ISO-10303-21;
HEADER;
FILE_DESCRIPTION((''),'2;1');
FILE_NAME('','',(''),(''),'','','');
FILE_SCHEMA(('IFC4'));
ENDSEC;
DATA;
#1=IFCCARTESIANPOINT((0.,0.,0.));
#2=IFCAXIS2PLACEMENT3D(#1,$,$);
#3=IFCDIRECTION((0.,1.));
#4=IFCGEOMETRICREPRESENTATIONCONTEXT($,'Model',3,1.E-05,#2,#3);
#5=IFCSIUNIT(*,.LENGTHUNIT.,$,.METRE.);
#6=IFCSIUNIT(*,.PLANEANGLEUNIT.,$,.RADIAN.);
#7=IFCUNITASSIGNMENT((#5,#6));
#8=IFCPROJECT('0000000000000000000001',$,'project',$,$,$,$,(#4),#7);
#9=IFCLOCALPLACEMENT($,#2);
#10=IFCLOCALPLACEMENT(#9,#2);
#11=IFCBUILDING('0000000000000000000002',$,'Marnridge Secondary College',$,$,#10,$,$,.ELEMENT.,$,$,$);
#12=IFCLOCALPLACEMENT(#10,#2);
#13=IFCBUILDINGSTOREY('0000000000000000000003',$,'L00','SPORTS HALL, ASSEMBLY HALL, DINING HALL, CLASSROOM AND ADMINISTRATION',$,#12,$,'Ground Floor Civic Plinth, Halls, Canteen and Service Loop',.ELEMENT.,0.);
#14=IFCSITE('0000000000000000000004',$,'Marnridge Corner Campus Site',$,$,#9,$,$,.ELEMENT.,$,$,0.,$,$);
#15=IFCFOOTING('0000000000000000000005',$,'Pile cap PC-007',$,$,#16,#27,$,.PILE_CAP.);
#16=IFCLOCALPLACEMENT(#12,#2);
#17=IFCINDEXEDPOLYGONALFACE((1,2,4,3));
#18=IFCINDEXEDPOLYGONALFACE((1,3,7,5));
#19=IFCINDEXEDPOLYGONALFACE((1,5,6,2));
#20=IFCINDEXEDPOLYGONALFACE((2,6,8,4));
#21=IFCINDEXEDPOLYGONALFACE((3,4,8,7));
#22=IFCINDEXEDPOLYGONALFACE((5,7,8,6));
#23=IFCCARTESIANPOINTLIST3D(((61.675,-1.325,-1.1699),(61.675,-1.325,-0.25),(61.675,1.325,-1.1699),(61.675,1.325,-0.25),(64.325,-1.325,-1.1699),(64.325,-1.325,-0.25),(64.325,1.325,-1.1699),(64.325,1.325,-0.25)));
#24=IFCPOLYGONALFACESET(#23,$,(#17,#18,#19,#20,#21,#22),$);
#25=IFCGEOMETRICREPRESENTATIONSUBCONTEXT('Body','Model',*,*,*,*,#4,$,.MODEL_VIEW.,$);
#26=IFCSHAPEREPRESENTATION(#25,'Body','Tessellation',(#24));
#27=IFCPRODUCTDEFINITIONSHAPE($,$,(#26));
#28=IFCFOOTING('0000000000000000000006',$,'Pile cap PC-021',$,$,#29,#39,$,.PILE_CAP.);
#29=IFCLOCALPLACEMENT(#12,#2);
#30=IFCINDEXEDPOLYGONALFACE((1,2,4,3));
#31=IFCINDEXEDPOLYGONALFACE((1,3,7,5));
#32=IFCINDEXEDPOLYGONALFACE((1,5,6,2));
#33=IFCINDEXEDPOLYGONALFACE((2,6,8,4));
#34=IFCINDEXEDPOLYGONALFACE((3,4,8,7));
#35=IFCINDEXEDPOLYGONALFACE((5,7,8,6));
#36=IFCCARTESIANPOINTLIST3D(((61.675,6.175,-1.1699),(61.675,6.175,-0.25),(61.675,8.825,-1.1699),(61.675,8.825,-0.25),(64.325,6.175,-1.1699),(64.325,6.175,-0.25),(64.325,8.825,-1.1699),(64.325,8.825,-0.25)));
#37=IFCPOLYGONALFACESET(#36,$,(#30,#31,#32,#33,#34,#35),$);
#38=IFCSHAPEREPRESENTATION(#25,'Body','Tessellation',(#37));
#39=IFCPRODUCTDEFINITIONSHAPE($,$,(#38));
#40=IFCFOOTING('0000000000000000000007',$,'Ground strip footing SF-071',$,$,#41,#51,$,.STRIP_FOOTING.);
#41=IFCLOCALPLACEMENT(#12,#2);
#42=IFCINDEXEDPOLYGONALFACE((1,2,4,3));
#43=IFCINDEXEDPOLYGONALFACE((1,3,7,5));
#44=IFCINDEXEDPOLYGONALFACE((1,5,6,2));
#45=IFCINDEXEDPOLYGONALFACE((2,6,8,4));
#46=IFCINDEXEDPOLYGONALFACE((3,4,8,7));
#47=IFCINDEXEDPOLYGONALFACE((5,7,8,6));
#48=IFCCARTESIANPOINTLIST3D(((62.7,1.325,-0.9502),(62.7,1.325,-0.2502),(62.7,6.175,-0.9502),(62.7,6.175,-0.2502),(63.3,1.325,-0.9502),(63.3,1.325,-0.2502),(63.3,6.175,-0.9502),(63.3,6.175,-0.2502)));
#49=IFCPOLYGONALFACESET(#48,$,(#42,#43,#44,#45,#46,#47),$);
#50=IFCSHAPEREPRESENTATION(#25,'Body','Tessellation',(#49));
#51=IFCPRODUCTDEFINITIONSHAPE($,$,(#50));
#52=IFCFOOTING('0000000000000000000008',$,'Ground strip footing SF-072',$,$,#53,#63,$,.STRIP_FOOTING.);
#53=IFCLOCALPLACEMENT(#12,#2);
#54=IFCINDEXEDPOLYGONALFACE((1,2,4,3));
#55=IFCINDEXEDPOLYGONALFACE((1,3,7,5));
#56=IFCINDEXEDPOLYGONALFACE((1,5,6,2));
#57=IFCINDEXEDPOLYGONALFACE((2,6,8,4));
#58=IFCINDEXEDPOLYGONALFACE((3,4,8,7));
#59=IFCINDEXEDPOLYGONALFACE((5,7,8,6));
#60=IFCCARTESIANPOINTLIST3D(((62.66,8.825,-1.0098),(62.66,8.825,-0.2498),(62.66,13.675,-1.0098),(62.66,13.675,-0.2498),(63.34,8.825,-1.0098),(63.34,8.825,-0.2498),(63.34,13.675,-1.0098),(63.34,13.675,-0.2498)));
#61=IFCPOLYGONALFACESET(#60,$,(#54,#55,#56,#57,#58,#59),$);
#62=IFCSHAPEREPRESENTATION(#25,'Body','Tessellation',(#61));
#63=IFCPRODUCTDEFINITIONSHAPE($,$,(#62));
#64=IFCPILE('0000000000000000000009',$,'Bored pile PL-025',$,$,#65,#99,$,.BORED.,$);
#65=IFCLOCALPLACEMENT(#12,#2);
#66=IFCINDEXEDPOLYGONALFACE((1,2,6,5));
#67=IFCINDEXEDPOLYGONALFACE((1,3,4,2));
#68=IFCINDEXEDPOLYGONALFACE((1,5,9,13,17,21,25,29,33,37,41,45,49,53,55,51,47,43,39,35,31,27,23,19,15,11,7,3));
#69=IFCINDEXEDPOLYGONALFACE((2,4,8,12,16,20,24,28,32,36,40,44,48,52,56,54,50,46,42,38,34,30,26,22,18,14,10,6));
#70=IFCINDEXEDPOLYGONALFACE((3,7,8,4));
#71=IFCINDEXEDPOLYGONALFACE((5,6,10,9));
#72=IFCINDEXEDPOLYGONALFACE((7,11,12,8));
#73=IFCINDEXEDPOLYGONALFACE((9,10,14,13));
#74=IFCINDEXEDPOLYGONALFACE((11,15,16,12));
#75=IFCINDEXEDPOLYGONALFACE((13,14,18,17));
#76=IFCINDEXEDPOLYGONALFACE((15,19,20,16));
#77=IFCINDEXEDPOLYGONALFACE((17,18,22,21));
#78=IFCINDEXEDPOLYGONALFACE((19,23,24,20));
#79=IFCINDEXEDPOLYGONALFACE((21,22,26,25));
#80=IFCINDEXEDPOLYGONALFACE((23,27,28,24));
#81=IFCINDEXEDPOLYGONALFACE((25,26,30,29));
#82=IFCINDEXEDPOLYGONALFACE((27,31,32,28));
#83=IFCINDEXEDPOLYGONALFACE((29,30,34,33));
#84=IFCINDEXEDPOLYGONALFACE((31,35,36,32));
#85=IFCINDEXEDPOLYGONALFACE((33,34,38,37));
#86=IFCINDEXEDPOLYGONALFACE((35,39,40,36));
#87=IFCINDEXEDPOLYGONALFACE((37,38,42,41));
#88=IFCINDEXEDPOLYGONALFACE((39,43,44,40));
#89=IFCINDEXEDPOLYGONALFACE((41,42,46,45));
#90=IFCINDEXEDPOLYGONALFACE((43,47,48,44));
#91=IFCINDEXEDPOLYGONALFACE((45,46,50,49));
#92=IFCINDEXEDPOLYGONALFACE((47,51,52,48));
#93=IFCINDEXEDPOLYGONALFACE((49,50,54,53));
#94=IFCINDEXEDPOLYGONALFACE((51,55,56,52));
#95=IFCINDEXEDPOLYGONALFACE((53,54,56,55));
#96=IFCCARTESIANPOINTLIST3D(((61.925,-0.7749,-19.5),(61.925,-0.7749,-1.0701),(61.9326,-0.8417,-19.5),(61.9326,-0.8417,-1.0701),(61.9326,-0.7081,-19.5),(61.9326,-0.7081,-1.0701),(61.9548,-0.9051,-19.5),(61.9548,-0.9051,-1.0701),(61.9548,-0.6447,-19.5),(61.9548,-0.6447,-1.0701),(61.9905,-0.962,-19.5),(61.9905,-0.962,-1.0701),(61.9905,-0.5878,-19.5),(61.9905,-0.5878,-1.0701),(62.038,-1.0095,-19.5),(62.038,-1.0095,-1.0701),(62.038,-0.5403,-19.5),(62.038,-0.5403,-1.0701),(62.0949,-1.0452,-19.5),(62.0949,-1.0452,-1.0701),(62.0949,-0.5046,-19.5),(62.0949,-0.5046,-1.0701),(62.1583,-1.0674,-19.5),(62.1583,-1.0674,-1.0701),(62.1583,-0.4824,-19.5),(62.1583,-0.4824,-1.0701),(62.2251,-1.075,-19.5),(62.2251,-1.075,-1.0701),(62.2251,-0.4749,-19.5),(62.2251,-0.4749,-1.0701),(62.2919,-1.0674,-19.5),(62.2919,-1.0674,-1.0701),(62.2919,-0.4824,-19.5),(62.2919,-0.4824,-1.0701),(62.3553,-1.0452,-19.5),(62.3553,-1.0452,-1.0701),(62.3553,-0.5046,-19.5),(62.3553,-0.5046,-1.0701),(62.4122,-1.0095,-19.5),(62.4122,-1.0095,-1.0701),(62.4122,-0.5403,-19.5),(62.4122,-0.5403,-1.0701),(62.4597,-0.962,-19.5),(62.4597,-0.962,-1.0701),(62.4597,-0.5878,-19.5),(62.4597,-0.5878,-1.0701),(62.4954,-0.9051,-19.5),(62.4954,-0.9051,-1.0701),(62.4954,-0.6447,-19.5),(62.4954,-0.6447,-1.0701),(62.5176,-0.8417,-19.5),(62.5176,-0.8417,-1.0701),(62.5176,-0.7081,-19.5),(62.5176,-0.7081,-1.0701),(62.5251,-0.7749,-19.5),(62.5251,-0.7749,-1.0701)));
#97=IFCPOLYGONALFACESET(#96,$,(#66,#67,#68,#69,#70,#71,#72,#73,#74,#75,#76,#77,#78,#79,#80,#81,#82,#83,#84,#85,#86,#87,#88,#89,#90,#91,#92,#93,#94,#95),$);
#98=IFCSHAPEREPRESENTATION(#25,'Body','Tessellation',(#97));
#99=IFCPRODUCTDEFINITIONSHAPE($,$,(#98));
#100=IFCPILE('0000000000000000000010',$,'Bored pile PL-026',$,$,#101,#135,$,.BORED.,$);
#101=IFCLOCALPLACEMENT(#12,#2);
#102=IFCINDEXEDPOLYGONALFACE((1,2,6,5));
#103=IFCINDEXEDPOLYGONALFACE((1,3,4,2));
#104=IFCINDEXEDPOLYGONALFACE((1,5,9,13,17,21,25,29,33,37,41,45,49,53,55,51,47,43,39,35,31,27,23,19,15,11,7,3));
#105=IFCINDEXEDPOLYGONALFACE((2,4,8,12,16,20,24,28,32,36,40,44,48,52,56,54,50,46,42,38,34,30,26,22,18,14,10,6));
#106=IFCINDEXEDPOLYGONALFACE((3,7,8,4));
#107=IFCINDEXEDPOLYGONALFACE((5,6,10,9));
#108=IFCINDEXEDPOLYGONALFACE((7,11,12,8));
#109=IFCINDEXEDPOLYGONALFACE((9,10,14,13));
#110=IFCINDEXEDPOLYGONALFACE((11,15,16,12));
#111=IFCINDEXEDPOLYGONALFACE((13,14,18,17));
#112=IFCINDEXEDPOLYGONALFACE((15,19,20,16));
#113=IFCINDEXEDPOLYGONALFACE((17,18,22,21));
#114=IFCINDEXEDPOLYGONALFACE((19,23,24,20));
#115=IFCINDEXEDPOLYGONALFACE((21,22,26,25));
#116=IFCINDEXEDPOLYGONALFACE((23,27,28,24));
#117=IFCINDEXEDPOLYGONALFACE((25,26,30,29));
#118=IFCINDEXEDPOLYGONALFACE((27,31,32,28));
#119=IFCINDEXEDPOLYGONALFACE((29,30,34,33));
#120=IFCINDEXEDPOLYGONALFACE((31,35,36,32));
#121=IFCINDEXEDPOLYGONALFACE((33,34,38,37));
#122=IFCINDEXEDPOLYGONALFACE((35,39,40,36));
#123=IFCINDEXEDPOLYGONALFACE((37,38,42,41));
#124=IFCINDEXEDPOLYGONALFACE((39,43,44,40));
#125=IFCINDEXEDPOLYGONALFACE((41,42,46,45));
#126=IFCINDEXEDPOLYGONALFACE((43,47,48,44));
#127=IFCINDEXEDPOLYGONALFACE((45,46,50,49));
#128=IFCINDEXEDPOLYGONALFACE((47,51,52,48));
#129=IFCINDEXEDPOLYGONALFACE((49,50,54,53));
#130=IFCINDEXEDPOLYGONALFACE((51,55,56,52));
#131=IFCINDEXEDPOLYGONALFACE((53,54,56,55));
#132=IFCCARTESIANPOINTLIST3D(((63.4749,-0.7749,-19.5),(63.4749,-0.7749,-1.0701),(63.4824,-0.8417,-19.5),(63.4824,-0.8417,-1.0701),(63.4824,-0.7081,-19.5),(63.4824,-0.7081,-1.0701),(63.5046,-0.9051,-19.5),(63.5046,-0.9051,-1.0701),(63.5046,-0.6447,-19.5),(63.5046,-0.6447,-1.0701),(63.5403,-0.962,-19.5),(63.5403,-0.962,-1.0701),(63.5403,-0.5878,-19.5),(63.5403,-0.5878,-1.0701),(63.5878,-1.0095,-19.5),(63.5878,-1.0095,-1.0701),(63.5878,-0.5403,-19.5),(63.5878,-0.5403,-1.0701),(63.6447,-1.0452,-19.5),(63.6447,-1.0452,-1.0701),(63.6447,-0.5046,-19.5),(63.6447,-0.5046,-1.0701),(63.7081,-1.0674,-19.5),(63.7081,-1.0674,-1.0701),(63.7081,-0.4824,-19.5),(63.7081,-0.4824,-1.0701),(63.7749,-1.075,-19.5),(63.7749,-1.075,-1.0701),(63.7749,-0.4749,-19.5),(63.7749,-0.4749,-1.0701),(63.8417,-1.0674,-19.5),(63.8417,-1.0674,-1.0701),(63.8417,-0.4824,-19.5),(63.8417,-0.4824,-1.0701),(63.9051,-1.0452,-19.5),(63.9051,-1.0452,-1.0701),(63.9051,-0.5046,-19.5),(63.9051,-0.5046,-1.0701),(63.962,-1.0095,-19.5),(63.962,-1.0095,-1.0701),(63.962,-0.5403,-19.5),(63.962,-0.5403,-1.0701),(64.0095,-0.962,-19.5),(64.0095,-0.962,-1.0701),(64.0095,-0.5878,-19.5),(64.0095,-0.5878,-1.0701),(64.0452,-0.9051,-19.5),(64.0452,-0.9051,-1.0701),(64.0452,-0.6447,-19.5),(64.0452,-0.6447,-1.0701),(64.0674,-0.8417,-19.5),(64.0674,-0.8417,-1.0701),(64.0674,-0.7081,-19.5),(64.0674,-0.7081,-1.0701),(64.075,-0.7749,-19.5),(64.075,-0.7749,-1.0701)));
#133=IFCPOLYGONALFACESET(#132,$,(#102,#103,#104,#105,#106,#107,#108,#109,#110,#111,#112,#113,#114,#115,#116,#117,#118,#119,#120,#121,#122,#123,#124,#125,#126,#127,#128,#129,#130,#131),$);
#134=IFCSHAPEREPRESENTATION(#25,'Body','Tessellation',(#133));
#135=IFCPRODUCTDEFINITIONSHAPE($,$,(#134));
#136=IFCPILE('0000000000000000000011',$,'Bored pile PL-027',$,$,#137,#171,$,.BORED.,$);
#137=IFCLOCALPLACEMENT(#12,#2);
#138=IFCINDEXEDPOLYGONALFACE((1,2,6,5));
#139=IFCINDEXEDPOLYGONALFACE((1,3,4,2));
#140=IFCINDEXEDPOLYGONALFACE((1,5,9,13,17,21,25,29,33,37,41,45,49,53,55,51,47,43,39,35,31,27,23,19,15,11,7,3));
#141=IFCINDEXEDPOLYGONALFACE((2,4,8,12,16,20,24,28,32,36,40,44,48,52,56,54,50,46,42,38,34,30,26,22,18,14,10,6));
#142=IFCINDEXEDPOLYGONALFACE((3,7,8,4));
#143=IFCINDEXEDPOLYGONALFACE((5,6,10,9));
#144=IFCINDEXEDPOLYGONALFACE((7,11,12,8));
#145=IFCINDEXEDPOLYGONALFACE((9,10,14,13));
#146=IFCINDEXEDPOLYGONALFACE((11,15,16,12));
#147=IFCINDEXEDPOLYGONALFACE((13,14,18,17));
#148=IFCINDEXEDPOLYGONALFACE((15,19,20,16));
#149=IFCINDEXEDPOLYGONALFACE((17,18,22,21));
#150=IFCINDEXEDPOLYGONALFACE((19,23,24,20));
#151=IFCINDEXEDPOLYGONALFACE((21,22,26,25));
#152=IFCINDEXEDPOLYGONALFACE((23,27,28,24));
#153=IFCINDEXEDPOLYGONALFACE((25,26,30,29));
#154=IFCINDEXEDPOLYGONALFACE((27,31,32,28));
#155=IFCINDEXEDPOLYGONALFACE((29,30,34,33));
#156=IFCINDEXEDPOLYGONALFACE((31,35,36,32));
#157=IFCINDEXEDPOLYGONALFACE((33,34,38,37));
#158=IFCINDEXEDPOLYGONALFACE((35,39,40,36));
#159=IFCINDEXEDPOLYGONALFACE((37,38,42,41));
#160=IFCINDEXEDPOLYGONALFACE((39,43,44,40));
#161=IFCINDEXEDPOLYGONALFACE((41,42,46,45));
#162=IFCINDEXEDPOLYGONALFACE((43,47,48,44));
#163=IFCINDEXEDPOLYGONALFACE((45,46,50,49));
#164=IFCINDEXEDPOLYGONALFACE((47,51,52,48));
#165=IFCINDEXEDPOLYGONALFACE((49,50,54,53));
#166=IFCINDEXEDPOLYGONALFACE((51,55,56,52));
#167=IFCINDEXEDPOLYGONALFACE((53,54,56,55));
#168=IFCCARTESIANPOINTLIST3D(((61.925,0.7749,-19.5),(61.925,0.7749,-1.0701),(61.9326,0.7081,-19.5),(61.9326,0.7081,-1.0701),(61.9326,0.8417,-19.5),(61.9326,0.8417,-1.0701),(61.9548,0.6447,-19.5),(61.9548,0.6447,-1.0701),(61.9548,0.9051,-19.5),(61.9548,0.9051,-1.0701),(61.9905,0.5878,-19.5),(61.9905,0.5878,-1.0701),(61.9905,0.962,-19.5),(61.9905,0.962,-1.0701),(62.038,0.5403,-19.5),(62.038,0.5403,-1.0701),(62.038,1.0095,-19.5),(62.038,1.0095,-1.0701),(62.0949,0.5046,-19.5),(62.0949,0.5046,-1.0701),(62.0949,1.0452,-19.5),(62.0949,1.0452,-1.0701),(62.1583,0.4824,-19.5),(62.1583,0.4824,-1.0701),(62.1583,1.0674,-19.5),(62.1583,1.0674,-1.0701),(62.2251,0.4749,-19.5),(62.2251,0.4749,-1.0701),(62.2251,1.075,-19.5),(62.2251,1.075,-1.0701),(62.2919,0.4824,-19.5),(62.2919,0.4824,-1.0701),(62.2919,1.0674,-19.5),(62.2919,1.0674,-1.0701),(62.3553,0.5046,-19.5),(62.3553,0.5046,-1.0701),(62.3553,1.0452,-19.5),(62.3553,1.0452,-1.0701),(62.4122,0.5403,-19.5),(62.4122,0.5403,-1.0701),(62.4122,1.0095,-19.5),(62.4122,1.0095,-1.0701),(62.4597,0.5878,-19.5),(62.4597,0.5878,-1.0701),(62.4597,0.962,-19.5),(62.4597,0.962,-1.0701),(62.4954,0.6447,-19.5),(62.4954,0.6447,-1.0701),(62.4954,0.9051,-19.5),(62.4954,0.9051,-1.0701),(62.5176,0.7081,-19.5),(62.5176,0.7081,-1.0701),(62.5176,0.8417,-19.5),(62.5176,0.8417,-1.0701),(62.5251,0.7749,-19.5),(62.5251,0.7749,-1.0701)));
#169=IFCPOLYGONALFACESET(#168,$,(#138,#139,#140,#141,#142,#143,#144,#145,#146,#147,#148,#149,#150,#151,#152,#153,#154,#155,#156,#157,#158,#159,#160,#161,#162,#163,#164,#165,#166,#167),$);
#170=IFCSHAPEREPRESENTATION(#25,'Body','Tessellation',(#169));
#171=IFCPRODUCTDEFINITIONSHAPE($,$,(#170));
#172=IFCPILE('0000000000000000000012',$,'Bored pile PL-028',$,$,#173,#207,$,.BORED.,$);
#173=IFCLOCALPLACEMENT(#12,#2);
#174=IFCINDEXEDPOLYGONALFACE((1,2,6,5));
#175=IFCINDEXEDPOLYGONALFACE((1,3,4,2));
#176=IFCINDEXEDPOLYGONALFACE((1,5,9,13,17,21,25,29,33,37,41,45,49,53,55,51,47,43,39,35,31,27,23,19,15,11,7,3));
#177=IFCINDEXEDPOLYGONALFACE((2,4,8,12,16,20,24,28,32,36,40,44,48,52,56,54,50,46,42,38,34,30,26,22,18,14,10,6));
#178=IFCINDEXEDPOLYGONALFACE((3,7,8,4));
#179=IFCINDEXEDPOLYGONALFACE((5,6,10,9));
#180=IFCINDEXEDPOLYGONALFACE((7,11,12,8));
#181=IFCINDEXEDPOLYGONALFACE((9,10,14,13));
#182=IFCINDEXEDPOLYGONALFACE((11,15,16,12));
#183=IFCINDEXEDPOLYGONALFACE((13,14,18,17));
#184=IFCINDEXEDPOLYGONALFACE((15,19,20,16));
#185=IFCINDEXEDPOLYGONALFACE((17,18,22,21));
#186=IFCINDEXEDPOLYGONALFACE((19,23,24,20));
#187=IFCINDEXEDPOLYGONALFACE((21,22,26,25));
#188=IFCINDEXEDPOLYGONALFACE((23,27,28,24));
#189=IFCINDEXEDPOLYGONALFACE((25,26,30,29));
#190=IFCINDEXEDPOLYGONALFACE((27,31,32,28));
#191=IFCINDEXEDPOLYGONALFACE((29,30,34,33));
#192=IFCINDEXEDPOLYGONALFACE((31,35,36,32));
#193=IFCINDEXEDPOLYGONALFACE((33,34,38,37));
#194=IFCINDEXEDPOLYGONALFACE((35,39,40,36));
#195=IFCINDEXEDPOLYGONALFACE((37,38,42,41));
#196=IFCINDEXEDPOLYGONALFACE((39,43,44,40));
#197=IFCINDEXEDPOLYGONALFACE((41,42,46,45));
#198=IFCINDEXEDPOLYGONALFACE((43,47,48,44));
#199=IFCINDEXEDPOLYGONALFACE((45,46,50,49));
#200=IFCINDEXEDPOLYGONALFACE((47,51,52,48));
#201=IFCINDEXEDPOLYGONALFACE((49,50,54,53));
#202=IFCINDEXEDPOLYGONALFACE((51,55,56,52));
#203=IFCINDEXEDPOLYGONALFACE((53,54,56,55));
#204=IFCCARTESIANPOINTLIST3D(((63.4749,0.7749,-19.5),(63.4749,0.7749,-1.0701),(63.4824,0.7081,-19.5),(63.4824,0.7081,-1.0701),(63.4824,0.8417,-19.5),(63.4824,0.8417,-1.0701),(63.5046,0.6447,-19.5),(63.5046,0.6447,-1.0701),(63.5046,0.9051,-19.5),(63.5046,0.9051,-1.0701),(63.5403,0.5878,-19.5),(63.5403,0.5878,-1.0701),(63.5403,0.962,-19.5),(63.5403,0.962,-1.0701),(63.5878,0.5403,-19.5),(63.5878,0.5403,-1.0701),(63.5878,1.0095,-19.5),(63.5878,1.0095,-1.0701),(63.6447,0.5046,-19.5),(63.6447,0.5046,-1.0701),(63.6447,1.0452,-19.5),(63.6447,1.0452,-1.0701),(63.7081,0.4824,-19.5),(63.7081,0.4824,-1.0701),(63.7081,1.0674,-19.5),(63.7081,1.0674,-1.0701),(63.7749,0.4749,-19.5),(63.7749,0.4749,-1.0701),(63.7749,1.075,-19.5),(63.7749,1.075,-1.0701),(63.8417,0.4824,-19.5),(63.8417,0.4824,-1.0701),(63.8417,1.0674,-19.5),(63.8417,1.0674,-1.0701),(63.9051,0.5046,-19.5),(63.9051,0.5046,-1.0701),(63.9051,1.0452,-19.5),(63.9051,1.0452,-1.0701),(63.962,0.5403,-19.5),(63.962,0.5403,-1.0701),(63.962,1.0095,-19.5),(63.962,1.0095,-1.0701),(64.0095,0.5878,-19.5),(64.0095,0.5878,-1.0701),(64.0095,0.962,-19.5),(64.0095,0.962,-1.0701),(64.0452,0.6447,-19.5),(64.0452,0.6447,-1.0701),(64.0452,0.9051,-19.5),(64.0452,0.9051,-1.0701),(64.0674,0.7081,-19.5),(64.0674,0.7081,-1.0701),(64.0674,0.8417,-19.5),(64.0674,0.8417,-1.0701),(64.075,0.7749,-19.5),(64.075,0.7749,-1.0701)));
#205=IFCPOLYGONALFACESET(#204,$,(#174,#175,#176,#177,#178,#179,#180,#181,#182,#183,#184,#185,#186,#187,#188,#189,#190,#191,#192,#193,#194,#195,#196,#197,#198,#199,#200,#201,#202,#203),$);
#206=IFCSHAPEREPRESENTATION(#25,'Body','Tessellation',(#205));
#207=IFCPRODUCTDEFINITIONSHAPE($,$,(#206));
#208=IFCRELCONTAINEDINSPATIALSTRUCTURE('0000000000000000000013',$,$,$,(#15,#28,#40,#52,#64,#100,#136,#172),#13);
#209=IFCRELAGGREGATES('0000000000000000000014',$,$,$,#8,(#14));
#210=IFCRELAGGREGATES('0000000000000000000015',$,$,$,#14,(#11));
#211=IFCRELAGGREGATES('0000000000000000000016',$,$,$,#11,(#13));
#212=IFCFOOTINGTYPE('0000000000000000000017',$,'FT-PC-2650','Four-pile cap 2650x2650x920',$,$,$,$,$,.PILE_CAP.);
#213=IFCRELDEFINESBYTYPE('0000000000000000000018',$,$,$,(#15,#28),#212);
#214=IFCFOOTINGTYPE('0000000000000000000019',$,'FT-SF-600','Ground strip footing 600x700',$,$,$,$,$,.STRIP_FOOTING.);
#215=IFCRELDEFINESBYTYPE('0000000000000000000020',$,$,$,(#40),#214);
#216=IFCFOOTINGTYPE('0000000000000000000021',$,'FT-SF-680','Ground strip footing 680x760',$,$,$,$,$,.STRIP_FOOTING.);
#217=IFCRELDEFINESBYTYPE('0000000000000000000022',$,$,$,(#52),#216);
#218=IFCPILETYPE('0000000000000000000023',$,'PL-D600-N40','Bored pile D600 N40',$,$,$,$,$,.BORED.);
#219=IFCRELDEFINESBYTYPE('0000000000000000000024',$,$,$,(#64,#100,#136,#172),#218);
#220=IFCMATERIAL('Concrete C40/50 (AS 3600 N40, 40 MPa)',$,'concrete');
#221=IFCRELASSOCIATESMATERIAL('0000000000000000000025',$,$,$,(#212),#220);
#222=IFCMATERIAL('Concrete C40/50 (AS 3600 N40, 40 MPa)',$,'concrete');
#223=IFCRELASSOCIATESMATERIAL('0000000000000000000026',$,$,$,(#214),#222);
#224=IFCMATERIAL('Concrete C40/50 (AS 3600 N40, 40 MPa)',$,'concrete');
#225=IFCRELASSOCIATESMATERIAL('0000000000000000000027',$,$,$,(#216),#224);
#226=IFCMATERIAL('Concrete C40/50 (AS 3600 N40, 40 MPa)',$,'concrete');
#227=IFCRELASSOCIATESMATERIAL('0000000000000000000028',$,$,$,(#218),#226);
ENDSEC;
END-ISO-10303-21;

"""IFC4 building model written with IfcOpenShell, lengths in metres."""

from ifc_helpers import new_model, si_unit, direction, frame, origin, origin_2d, place, context, subcontext, project, spatial, rectangle, circle, extrude, material, material_profile, profile_set, type_object, element, save


model = new_model("IFC4")

# Units and contexts
model_context = context("Model", 3, precision=1e-05, world=origin(), true_north=direction((0.0, 1.0)))
body_context = subcontext(model_context, "Body", "Model", "MODEL_VIEW")
ifc_project = project(units=[si_unit("LENGTHUNIT", "METRE"), si_unit("PLANEANGLEUNIT", "RADIAN")], contexts=[model_context])

# Site, building, storey
site_placement = place(None, origin())
site = spatial("IfcSite", under=ifc_project, at=site_placement, Name="Marnridge Corner Campus Site", CompositionType="ELEMENT", RefElevation=0.0)
building_placement = place(site_placement, origin())
building = spatial("IfcBuilding", under=site, at=building_placement, Name="Marnridge Secondary College", CompositionType="ELEMENT")
storey_placement = place(building_placement, origin())
storey = spatial("IfcBuildingStorey", under=building, at=storey_placement, Name="L00", Description="SPORTS HALL, ASSEMBLY HALL, DINING HALL, CLASSROOM AND ADMINISTRATION", LongName="Ground Floor Civic Plinth, Halls, Canteen and Service Loop", CompositionType="ELEMENT", Elevation=0.0)

# Footings
ifc_material_1 = material(Name="Concrete C40/50 (AS 3600 N40, 40 MPa)", Category="concrete")
footing_type_1 = type_object("IfcFootingType", Name="FT-PC-2650", Description="Four-pile cap 2650x2650x920", PredefinedType="PILE_CAP", material=ifc_material_1)
for number, where, z_axis, x_axis, name in (
    (1, (63.0, 0.0, -1.1699), (0.0, 0.0, 1.0), (1.0, 0.0, 0.0), "Pile cap PC-007"),
    (2, (63.0, 7.5, -1.1699), (0.0, 0.0, 1.0), (1.0, 0.0, 0.0), "Pile cap PC-021"),
):
    element("IfcFooting", number, at=place(storey_placement, frame(where, z_axis=z_axis, x_axis=x_axis)), inside=storey, type_object=footing_type_1, Name=name, PredefinedType="PILE_CAP", context=body_context, shape_type="SweptSolid", body=[
        extrude(rectangle(XDim=2.6499, YDim=2.6499, at=origin_2d()), origin(), (0.0, 0.0, 1.0), 0.9199),
    ])
ifc_material_2 = material(Name="Concrete C40/50 (AS 3600 N40, 40 MPa)", Category="concrete")
footing_type_2 = type_object("IfcFootingType", Name="FT-SF-600", Description="Ground strip footing 600x700", PredefinedType="STRIP_FOOTING", material=ifc_material_2)
footing_1_placement = place(storey_placement, frame((63.0, 3.75, -0.9502), z_axis=(0.0, 0.0, 1.0), x_axis=(1.0, 0.0, 0.0)))
element("IfcFooting", 3, at=footing_1_placement, inside=storey, type_object=footing_type_2, Name="Ground strip footing SF-071", PredefinedType="STRIP_FOOTING", context=body_context, shape_type="SweptSolid", body=[
    extrude(rectangle(XDim=0.6001, YDim=4.8501, at=origin_2d()), origin(), (0.0, 0.0, 1.0), 0.7),
])
ifc_material_3 = material(Name="Concrete C40/50 (AS 3600 N40, 40 MPa)", Category="concrete")
footing_type_3 = type_object("IfcFootingType", Name="FT-SF-680", Description="Ground strip footing 680x760", PredefinedType="STRIP_FOOTING", material=ifc_material_3)
footing_2_placement = place(storey_placement, frame((63.0, 11.25, -1.0098), z_axis=(0.0, 0.0, 1.0), x_axis=(1.0, 0.0, 0.0)))
element("IfcFooting", 4, at=footing_2_placement, inside=storey, type_object=footing_type_3, Name="Ground strip footing SF-072", PredefinedType="STRIP_FOOTING", context=body_context, shape_type="SweptSolid", body=[
    extrude(rectangle(XDim=0.6799, YDim=4.8501, at=origin_2d()), origin(), (0.0, 0.0, 1.0), 0.76),
])

# Piles
ifc_material_4 = material(Name="Concrete C40/50 (AS 3600 N40, 40 MPa)", Category="concrete")
ifc_material_profile_1 = material_profile(ifc_material_4, circle(Radius=0.3, at=origin_2d()), Name="PILE D600")
ifc_profile_set_1 = profile_set([ifc_material_profile_1], Name="Concrete C40/50 (AS 3600 N40, 40 MPa)")
pile_type = type_object("IfcPileType", Name="PL-D600-N40", Description="Bored pile D600 N40", PredefinedType="BORED", material=ifc_profile_set_1)
for number, where, z_axis, x_axis, name in (
    (5, (62.2251, -0.7749, -1.0701), (0.0, 0.0, -1.0), (1.0, 0.0, 0.0), "Bored pile PL-025"),
    (6, (63.7749, -0.7749, -1.0701), (0.0, 0.0, -1.0), (1.0, 0.0, 0.0), "Bored pile PL-026"),
    (7, (62.2251, 0.7749, -1.0701), (0.0, 0.0, -1.0), (1.0, 0.0, 0.0), "Bored pile PL-027"),
    (8, (63.7749, 0.7749, -1.0701), (0.0, 0.0, -1.0), (1.0, 0.0, 0.0), "Bored pile PL-028"),
):
    element("IfcPile", number, at=place(storey_placement, frame(where, z_axis=z_axis, x_axis=x_axis)), inside=storey, type_object=pile_type, Name=name, PredefinedType="BORED", context=body_context, shape_type="SweptSolid", body=[
        extrude(circle(Radius=0.3, at=origin_2d()), origin(), (0.0, 0.0, 1.0), 18.4299),
    ])

save(model, "model.ifc")
